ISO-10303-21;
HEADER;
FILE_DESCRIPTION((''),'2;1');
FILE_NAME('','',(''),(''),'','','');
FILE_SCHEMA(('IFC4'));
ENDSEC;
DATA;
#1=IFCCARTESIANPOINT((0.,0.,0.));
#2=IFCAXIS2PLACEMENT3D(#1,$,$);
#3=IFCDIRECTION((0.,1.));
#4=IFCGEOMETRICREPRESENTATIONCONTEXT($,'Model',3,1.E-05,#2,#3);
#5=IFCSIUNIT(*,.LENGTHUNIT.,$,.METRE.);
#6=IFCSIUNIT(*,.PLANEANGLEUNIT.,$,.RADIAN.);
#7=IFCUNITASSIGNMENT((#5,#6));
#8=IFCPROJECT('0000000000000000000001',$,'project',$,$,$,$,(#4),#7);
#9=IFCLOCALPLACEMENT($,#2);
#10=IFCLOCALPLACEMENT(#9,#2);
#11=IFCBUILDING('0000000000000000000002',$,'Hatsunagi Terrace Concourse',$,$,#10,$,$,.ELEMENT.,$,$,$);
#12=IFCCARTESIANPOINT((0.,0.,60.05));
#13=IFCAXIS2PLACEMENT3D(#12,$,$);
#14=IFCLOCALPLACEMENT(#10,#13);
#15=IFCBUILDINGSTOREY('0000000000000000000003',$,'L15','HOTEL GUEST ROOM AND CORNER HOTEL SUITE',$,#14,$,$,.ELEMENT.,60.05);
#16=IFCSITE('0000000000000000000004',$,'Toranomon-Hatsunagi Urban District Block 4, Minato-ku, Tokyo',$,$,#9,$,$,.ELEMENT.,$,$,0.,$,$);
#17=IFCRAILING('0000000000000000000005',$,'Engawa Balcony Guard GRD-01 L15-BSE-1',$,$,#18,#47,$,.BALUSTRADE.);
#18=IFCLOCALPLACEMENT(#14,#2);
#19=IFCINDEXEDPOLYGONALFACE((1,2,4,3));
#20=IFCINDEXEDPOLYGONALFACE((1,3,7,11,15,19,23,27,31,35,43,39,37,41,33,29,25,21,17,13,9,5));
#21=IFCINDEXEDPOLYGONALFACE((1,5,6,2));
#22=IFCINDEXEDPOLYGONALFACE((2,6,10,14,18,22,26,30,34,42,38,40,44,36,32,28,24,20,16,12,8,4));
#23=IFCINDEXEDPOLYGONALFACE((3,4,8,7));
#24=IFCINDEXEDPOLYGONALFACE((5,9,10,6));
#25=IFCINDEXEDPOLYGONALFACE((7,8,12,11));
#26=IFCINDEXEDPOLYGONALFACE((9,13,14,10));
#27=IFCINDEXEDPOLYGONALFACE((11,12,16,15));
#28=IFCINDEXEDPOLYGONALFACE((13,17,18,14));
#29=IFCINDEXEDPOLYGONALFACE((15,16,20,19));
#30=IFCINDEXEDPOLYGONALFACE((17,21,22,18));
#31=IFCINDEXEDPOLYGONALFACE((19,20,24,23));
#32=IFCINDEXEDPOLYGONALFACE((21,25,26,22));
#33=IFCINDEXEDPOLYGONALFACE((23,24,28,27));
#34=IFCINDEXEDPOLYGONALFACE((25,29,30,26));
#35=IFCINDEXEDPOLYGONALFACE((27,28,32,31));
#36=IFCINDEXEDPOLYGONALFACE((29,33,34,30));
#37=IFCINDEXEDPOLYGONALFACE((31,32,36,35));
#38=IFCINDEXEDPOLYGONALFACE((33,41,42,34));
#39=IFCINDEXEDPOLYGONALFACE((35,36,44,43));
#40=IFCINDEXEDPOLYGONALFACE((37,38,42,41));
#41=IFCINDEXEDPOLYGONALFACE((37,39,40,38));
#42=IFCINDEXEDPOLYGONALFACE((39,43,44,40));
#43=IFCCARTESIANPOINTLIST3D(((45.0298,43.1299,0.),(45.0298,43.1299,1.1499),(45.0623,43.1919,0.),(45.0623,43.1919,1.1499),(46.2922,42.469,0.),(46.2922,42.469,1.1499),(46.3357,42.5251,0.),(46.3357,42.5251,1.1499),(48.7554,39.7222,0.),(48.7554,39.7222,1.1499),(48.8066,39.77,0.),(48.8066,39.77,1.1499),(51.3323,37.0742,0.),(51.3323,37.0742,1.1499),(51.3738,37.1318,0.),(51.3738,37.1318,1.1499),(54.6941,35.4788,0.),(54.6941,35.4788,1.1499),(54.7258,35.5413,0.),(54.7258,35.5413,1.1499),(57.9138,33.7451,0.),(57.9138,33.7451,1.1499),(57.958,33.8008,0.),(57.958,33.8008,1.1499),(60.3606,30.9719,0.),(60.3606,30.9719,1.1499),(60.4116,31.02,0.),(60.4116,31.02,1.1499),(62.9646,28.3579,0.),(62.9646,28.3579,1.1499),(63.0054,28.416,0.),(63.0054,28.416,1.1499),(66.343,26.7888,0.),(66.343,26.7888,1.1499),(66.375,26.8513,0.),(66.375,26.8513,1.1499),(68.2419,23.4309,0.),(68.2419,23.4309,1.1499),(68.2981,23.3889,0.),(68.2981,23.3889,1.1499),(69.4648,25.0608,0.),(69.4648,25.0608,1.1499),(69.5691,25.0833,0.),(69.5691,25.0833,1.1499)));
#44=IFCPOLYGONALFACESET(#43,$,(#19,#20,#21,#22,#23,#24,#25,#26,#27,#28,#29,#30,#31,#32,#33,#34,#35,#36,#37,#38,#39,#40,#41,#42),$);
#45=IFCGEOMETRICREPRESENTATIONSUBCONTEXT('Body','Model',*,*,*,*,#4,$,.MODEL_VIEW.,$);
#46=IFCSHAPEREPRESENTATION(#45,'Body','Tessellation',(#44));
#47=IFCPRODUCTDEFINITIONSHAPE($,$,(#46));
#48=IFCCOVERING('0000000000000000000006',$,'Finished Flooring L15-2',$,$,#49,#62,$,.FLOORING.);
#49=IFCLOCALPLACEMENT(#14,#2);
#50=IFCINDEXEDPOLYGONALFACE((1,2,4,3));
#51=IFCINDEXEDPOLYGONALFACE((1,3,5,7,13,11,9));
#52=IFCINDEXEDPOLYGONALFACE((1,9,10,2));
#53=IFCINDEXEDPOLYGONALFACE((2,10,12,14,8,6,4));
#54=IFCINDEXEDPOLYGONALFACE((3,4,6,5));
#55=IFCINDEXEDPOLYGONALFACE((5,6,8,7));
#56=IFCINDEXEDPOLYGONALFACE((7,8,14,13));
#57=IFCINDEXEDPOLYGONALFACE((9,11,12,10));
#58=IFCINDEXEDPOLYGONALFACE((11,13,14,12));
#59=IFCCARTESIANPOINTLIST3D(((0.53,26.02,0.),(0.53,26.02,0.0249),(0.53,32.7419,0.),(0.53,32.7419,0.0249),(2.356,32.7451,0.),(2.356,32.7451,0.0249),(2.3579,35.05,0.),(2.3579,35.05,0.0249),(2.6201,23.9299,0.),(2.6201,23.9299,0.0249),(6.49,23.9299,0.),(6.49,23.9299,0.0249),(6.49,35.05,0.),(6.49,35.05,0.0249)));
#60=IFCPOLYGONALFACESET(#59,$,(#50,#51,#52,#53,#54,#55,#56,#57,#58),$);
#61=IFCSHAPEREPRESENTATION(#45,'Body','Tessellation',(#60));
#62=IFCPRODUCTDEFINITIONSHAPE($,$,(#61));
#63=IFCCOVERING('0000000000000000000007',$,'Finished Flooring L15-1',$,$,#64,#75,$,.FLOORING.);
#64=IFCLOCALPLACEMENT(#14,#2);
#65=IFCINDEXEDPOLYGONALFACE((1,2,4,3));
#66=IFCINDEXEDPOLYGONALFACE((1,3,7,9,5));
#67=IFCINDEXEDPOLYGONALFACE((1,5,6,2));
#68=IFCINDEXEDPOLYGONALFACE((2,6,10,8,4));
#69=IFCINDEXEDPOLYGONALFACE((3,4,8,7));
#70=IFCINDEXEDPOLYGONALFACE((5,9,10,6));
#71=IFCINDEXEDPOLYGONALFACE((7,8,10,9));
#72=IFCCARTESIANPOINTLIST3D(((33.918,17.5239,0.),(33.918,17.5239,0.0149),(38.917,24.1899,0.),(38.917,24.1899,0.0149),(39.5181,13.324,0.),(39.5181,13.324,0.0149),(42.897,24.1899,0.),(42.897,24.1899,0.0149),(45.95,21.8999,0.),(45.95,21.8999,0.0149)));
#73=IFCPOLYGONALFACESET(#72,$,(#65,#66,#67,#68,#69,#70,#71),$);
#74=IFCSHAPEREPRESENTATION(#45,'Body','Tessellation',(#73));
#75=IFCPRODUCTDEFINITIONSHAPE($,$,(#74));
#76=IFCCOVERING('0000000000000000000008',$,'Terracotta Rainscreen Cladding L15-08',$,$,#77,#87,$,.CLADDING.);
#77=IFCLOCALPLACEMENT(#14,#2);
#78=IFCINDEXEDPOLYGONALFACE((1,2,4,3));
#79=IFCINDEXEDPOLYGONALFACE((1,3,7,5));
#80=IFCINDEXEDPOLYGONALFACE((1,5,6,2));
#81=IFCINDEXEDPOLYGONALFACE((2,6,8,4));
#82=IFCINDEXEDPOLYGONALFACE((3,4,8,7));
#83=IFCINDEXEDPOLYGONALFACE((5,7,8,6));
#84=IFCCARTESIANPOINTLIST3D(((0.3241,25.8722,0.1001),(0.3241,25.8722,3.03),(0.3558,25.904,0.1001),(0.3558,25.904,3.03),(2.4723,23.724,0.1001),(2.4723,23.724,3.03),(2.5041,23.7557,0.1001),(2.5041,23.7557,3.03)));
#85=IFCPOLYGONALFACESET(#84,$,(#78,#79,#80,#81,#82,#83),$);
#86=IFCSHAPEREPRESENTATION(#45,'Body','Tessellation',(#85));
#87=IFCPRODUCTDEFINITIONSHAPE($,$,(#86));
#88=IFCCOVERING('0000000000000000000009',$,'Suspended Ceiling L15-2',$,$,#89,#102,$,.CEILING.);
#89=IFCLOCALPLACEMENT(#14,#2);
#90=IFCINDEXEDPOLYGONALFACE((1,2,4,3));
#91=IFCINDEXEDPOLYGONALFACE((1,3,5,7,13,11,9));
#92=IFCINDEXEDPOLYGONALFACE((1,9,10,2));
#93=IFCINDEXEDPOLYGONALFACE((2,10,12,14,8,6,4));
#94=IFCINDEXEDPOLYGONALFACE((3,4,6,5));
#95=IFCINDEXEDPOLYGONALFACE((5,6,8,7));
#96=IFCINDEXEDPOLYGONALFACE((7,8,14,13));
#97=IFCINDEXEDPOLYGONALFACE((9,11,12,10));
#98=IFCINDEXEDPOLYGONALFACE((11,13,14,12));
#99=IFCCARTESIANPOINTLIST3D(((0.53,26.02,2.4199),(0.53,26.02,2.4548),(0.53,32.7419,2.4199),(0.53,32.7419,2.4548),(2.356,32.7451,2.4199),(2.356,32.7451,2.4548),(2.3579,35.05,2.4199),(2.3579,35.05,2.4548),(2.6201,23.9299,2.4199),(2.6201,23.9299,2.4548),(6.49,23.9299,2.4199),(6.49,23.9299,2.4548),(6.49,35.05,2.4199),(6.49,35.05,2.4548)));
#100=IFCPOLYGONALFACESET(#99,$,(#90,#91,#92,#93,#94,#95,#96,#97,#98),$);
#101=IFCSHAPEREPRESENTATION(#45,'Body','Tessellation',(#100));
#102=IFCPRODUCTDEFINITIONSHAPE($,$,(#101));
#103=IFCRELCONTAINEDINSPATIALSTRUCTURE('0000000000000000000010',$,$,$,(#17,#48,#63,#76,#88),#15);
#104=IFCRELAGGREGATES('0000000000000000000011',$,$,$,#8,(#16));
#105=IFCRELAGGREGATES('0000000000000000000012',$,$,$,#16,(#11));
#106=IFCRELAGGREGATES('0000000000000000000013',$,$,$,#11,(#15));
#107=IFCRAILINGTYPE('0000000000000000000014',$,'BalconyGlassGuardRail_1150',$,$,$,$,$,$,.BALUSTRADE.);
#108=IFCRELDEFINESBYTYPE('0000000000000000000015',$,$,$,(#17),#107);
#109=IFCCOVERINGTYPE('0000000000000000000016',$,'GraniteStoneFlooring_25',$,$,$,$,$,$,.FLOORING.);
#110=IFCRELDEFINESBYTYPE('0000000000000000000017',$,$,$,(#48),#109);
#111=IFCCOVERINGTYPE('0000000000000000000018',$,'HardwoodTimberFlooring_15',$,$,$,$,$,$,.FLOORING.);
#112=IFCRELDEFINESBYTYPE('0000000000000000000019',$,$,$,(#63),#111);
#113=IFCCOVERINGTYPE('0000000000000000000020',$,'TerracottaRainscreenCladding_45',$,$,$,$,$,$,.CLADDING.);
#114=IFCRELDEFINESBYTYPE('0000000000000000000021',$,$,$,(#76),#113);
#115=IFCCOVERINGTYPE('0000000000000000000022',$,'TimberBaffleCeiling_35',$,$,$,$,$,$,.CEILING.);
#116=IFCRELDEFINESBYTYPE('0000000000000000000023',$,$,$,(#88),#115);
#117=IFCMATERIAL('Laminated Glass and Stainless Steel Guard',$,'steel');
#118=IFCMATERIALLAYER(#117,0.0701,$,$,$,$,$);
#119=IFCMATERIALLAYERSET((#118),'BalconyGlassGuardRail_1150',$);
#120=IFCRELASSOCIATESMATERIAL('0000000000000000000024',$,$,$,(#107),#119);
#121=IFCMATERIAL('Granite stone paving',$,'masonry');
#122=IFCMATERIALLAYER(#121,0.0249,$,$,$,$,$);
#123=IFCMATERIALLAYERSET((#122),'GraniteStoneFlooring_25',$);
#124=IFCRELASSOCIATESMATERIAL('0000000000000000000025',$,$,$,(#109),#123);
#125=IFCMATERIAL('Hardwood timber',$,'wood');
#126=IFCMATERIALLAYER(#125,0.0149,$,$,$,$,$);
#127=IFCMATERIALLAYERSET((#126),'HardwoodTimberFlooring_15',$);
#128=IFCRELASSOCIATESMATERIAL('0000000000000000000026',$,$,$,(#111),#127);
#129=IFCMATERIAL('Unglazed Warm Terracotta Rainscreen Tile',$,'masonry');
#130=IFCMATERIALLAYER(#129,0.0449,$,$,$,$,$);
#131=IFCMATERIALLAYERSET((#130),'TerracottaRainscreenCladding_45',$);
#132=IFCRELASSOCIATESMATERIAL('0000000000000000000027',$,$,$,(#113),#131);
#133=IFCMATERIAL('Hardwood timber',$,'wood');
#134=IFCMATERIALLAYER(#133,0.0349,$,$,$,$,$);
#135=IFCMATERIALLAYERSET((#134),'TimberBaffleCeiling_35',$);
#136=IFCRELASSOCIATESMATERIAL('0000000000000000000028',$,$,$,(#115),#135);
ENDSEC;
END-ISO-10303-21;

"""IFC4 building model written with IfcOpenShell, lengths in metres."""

from ifc_helpers import new_model, si_unit, direction, frame, origin, origin_2d, place, context, subcontext, project, spatial, polyline, rectangle, outline, extrude, material, layer, layer_set, type_object, element, save


model = new_model("IFC4")

# Units and contexts
model_context = context("Model", 3, precision=1e-05, world=origin(), true_north=direction((0.0, 1.0)))
body_context = subcontext(model_context, "Body", "Model", "MODEL_VIEW")
ifc_project = project(units=[si_unit("LENGTHUNIT", "METRE"), si_unit("PLANEANGLEUNIT", "RADIAN")], contexts=[model_context])

# Site, building, storey
site_placement = place(None, origin())
site = spatial("IfcSite", under=ifc_project, at=site_placement, Name="Toranomon-Hatsunagi Urban District Block 4, Minato-ku, Tokyo", CompositionType="ELEMENT", RefElevation=0.0)
building_placement = place(site_placement, origin())
building = spatial("IfcBuilding", under=site, at=building_placement, Name="Hatsunagi Terrace Concourse", CompositionType="ELEMENT")
storey_placement = place(building_placement, frame((0.0, 0.0, 60.05)))
storey = spatial("IfcBuildingStorey", under=building, at=storey_placement, Name="L15", Description="HOTEL GUEST ROOM AND CORNER HOTEL SUITE", CompositionType="ELEMENT", Elevation=60.05)

# Railing
ifc_material_1 = material(Name="Laminated Glass and Stainless Steel Guard", Category="steel")
ifc_layer_1 = layer(ifc_material_1, 0.0701)
ifc_layer_set_1 = layer_set([ifc_layer_1], Name="BalconyGlassGuardRail_1150")
railing_type = type_object("IfcRailingType", Name="BalconyGlassGuardRail_1150", PredefinedType="BALUSTRADE", material=ifc_layer_set_1)
railing_1_placement = place(storey_placement, origin())
element("IfcRailing", 1, at=railing_1_placement, inside=storey, type_object=railing_type, Name="Engawa Balcony Guard GRD-01 L15-BSE-1", PredefinedType="BALUSTRADE", context=body_context, shape_type="SweptSolid", body=[
    extrude(outline(polyline([(45.0623, 43.1919), (45.0298, 43.1299), (46.2922, 42.469), (48.7554, 39.7222), (51.3323, 37.0742), (54.6941, 35.4788), (57.9138, 33.7451), (60.3606, 30.9719), (62.9646, 28.3579), (66.343, 26.7888), (69.4648, 25.0608), (68.2419, 23.4309), (68.2981, 23.3889), (69.5691, 25.0833), (66.375, 26.8513), (63.0054, 28.416), (60.4116, 31.02), (57.958, 33.8008), (54.7258, 35.5413), (51.3738, 37.1318), (48.8066, 39.77), (46.3357, 42.5251), (45.0623, 43.1919)])), origin(), (0.0, 0.0, 1.0), 1.1499),
])

# Coverings
ifc_material_2 = material(Name="Granite stone paving", Category="masonry")
ifc_layer_2 = layer(ifc_material_2, 0.0249)
ifc_layer_set_2 = layer_set([ifc_layer_2], Name="GraniteStoneFlooring_25")
covering_type_1 = type_object("IfcCoveringType", Name="GraniteStoneFlooring_25", PredefinedType="FLOORING", material=ifc_layer_set_2)
covering_1_placement = place(storey_placement, origin())
element("IfcCovering", 2, at=covering_1_placement, inside=storey, type_object=covering_type_1, Name="Finished Flooring L15-2", PredefinedType="FLOORING", context=body_context, shape_type="SweptSolid", body=[
    extrude(outline(polyline([(2.6201, 23.9299), (6.49, 23.9299), (6.49, 35.05), (2.3579, 35.05), (2.356, 32.7451), (0.53, 32.7419), (0.53, 26.02), (2.6201, 23.9299)])), origin(), (0.0, 0.0, 1.0), 0.0249),
])
ifc_material_3 = material(Name="Hardwood timber", Category="wood")
ifc_layer_3 = layer(ifc_material_3, 0.0149)
ifc_layer_set_3 = layer_set([ifc_layer_3], Name="HardwoodTimberFlooring_15")
covering_type_2 = type_object("IfcCoveringType", Name="HardwoodTimberFlooring_15", PredefinedType="FLOORING", material=ifc_layer_set_3)
covering_2_placement = place(storey_placement, origin())
element("IfcCovering", 3, at=covering_2_placement, inside=storey, type_object=covering_type_2, Name="Finished Flooring L15-1", PredefinedType="FLOORING", context=body_context, shape_type="SweptSolid", body=[
    extrude(outline(polyline([(39.5181, 13.324), (45.95, 21.8999), (42.897, 24.1899), (38.917, 24.1899), (33.918, 17.5239), (39.5181, 13.324)])), origin(), (0.0, 0.0, 1.0), 0.0149),
])
ifc_material_4 = material(Name="Unglazed Warm Terracotta Rainscreen Tile", Category="masonry")
ifc_layer_4 = layer(ifc_material_4, 0.0449)
ifc_layer_set_4 = layer_set([ifc_layer_4], Name="TerracottaRainscreenCladding_45")
covering_type_3 = type_object("IfcCoveringType", Name="TerracottaRainscreenCladding_45", PredefinedType="CLADDING", material=ifc_layer_set_4)
covering_3_placement = place(storey_placement, frame((1.4141, 24.814, 0.1001), z_axis=(0.0, 0.0, 1.0), x_axis=(-0.707107, 0.707107, 0.0)))
element("IfcCovering", 4, at=covering_3_placement, inside=storey, type_object=covering_type_3, Name="Terracotta Rainscreen Cladding L15-08", PredefinedType="CLADDING", context=body_context, shape_type="SweptSolid", body=[
    extrude(rectangle(XDim=3.0381, YDim=0.0449, at=origin_2d()), origin(), (0.0, 0.0, 1.0), 2.9299),
])
ifc_material_5 = material(Name="Hardwood timber", Category="wood")
ifc_layer_5 = layer(ifc_material_5, 0.0349)
ifc_layer_set_5 = layer_set([ifc_layer_5], Name="TimberBaffleCeiling_35")
covering_type_4 = type_object("IfcCoveringType", Name="TimberBaffleCeiling_35", PredefinedType="CEILING", material=ifc_layer_set_5)
covering_4_placement = place(storey_placement, frame((0.0, 0.0, 2.4199)))
element("IfcCovering", 5, at=covering_4_placement, inside=storey, type_object=covering_type_4, Name="Suspended Ceiling L15-2", PredefinedType="CEILING", context=body_context, shape_type="SweptSolid", body=[
    extrude(outline(polyline([(2.6201, 23.9299), (6.49, 23.9299), (6.49, 35.05), (2.3579, 35.05), (2.356, 32.7451), (0.53, 32.7419), (0.53, 26.02), (2.6201, 23.9299)])), origin(), (0.0, 0.0, 1.0), 0.0349),
])

save(model, "model.ifc")
